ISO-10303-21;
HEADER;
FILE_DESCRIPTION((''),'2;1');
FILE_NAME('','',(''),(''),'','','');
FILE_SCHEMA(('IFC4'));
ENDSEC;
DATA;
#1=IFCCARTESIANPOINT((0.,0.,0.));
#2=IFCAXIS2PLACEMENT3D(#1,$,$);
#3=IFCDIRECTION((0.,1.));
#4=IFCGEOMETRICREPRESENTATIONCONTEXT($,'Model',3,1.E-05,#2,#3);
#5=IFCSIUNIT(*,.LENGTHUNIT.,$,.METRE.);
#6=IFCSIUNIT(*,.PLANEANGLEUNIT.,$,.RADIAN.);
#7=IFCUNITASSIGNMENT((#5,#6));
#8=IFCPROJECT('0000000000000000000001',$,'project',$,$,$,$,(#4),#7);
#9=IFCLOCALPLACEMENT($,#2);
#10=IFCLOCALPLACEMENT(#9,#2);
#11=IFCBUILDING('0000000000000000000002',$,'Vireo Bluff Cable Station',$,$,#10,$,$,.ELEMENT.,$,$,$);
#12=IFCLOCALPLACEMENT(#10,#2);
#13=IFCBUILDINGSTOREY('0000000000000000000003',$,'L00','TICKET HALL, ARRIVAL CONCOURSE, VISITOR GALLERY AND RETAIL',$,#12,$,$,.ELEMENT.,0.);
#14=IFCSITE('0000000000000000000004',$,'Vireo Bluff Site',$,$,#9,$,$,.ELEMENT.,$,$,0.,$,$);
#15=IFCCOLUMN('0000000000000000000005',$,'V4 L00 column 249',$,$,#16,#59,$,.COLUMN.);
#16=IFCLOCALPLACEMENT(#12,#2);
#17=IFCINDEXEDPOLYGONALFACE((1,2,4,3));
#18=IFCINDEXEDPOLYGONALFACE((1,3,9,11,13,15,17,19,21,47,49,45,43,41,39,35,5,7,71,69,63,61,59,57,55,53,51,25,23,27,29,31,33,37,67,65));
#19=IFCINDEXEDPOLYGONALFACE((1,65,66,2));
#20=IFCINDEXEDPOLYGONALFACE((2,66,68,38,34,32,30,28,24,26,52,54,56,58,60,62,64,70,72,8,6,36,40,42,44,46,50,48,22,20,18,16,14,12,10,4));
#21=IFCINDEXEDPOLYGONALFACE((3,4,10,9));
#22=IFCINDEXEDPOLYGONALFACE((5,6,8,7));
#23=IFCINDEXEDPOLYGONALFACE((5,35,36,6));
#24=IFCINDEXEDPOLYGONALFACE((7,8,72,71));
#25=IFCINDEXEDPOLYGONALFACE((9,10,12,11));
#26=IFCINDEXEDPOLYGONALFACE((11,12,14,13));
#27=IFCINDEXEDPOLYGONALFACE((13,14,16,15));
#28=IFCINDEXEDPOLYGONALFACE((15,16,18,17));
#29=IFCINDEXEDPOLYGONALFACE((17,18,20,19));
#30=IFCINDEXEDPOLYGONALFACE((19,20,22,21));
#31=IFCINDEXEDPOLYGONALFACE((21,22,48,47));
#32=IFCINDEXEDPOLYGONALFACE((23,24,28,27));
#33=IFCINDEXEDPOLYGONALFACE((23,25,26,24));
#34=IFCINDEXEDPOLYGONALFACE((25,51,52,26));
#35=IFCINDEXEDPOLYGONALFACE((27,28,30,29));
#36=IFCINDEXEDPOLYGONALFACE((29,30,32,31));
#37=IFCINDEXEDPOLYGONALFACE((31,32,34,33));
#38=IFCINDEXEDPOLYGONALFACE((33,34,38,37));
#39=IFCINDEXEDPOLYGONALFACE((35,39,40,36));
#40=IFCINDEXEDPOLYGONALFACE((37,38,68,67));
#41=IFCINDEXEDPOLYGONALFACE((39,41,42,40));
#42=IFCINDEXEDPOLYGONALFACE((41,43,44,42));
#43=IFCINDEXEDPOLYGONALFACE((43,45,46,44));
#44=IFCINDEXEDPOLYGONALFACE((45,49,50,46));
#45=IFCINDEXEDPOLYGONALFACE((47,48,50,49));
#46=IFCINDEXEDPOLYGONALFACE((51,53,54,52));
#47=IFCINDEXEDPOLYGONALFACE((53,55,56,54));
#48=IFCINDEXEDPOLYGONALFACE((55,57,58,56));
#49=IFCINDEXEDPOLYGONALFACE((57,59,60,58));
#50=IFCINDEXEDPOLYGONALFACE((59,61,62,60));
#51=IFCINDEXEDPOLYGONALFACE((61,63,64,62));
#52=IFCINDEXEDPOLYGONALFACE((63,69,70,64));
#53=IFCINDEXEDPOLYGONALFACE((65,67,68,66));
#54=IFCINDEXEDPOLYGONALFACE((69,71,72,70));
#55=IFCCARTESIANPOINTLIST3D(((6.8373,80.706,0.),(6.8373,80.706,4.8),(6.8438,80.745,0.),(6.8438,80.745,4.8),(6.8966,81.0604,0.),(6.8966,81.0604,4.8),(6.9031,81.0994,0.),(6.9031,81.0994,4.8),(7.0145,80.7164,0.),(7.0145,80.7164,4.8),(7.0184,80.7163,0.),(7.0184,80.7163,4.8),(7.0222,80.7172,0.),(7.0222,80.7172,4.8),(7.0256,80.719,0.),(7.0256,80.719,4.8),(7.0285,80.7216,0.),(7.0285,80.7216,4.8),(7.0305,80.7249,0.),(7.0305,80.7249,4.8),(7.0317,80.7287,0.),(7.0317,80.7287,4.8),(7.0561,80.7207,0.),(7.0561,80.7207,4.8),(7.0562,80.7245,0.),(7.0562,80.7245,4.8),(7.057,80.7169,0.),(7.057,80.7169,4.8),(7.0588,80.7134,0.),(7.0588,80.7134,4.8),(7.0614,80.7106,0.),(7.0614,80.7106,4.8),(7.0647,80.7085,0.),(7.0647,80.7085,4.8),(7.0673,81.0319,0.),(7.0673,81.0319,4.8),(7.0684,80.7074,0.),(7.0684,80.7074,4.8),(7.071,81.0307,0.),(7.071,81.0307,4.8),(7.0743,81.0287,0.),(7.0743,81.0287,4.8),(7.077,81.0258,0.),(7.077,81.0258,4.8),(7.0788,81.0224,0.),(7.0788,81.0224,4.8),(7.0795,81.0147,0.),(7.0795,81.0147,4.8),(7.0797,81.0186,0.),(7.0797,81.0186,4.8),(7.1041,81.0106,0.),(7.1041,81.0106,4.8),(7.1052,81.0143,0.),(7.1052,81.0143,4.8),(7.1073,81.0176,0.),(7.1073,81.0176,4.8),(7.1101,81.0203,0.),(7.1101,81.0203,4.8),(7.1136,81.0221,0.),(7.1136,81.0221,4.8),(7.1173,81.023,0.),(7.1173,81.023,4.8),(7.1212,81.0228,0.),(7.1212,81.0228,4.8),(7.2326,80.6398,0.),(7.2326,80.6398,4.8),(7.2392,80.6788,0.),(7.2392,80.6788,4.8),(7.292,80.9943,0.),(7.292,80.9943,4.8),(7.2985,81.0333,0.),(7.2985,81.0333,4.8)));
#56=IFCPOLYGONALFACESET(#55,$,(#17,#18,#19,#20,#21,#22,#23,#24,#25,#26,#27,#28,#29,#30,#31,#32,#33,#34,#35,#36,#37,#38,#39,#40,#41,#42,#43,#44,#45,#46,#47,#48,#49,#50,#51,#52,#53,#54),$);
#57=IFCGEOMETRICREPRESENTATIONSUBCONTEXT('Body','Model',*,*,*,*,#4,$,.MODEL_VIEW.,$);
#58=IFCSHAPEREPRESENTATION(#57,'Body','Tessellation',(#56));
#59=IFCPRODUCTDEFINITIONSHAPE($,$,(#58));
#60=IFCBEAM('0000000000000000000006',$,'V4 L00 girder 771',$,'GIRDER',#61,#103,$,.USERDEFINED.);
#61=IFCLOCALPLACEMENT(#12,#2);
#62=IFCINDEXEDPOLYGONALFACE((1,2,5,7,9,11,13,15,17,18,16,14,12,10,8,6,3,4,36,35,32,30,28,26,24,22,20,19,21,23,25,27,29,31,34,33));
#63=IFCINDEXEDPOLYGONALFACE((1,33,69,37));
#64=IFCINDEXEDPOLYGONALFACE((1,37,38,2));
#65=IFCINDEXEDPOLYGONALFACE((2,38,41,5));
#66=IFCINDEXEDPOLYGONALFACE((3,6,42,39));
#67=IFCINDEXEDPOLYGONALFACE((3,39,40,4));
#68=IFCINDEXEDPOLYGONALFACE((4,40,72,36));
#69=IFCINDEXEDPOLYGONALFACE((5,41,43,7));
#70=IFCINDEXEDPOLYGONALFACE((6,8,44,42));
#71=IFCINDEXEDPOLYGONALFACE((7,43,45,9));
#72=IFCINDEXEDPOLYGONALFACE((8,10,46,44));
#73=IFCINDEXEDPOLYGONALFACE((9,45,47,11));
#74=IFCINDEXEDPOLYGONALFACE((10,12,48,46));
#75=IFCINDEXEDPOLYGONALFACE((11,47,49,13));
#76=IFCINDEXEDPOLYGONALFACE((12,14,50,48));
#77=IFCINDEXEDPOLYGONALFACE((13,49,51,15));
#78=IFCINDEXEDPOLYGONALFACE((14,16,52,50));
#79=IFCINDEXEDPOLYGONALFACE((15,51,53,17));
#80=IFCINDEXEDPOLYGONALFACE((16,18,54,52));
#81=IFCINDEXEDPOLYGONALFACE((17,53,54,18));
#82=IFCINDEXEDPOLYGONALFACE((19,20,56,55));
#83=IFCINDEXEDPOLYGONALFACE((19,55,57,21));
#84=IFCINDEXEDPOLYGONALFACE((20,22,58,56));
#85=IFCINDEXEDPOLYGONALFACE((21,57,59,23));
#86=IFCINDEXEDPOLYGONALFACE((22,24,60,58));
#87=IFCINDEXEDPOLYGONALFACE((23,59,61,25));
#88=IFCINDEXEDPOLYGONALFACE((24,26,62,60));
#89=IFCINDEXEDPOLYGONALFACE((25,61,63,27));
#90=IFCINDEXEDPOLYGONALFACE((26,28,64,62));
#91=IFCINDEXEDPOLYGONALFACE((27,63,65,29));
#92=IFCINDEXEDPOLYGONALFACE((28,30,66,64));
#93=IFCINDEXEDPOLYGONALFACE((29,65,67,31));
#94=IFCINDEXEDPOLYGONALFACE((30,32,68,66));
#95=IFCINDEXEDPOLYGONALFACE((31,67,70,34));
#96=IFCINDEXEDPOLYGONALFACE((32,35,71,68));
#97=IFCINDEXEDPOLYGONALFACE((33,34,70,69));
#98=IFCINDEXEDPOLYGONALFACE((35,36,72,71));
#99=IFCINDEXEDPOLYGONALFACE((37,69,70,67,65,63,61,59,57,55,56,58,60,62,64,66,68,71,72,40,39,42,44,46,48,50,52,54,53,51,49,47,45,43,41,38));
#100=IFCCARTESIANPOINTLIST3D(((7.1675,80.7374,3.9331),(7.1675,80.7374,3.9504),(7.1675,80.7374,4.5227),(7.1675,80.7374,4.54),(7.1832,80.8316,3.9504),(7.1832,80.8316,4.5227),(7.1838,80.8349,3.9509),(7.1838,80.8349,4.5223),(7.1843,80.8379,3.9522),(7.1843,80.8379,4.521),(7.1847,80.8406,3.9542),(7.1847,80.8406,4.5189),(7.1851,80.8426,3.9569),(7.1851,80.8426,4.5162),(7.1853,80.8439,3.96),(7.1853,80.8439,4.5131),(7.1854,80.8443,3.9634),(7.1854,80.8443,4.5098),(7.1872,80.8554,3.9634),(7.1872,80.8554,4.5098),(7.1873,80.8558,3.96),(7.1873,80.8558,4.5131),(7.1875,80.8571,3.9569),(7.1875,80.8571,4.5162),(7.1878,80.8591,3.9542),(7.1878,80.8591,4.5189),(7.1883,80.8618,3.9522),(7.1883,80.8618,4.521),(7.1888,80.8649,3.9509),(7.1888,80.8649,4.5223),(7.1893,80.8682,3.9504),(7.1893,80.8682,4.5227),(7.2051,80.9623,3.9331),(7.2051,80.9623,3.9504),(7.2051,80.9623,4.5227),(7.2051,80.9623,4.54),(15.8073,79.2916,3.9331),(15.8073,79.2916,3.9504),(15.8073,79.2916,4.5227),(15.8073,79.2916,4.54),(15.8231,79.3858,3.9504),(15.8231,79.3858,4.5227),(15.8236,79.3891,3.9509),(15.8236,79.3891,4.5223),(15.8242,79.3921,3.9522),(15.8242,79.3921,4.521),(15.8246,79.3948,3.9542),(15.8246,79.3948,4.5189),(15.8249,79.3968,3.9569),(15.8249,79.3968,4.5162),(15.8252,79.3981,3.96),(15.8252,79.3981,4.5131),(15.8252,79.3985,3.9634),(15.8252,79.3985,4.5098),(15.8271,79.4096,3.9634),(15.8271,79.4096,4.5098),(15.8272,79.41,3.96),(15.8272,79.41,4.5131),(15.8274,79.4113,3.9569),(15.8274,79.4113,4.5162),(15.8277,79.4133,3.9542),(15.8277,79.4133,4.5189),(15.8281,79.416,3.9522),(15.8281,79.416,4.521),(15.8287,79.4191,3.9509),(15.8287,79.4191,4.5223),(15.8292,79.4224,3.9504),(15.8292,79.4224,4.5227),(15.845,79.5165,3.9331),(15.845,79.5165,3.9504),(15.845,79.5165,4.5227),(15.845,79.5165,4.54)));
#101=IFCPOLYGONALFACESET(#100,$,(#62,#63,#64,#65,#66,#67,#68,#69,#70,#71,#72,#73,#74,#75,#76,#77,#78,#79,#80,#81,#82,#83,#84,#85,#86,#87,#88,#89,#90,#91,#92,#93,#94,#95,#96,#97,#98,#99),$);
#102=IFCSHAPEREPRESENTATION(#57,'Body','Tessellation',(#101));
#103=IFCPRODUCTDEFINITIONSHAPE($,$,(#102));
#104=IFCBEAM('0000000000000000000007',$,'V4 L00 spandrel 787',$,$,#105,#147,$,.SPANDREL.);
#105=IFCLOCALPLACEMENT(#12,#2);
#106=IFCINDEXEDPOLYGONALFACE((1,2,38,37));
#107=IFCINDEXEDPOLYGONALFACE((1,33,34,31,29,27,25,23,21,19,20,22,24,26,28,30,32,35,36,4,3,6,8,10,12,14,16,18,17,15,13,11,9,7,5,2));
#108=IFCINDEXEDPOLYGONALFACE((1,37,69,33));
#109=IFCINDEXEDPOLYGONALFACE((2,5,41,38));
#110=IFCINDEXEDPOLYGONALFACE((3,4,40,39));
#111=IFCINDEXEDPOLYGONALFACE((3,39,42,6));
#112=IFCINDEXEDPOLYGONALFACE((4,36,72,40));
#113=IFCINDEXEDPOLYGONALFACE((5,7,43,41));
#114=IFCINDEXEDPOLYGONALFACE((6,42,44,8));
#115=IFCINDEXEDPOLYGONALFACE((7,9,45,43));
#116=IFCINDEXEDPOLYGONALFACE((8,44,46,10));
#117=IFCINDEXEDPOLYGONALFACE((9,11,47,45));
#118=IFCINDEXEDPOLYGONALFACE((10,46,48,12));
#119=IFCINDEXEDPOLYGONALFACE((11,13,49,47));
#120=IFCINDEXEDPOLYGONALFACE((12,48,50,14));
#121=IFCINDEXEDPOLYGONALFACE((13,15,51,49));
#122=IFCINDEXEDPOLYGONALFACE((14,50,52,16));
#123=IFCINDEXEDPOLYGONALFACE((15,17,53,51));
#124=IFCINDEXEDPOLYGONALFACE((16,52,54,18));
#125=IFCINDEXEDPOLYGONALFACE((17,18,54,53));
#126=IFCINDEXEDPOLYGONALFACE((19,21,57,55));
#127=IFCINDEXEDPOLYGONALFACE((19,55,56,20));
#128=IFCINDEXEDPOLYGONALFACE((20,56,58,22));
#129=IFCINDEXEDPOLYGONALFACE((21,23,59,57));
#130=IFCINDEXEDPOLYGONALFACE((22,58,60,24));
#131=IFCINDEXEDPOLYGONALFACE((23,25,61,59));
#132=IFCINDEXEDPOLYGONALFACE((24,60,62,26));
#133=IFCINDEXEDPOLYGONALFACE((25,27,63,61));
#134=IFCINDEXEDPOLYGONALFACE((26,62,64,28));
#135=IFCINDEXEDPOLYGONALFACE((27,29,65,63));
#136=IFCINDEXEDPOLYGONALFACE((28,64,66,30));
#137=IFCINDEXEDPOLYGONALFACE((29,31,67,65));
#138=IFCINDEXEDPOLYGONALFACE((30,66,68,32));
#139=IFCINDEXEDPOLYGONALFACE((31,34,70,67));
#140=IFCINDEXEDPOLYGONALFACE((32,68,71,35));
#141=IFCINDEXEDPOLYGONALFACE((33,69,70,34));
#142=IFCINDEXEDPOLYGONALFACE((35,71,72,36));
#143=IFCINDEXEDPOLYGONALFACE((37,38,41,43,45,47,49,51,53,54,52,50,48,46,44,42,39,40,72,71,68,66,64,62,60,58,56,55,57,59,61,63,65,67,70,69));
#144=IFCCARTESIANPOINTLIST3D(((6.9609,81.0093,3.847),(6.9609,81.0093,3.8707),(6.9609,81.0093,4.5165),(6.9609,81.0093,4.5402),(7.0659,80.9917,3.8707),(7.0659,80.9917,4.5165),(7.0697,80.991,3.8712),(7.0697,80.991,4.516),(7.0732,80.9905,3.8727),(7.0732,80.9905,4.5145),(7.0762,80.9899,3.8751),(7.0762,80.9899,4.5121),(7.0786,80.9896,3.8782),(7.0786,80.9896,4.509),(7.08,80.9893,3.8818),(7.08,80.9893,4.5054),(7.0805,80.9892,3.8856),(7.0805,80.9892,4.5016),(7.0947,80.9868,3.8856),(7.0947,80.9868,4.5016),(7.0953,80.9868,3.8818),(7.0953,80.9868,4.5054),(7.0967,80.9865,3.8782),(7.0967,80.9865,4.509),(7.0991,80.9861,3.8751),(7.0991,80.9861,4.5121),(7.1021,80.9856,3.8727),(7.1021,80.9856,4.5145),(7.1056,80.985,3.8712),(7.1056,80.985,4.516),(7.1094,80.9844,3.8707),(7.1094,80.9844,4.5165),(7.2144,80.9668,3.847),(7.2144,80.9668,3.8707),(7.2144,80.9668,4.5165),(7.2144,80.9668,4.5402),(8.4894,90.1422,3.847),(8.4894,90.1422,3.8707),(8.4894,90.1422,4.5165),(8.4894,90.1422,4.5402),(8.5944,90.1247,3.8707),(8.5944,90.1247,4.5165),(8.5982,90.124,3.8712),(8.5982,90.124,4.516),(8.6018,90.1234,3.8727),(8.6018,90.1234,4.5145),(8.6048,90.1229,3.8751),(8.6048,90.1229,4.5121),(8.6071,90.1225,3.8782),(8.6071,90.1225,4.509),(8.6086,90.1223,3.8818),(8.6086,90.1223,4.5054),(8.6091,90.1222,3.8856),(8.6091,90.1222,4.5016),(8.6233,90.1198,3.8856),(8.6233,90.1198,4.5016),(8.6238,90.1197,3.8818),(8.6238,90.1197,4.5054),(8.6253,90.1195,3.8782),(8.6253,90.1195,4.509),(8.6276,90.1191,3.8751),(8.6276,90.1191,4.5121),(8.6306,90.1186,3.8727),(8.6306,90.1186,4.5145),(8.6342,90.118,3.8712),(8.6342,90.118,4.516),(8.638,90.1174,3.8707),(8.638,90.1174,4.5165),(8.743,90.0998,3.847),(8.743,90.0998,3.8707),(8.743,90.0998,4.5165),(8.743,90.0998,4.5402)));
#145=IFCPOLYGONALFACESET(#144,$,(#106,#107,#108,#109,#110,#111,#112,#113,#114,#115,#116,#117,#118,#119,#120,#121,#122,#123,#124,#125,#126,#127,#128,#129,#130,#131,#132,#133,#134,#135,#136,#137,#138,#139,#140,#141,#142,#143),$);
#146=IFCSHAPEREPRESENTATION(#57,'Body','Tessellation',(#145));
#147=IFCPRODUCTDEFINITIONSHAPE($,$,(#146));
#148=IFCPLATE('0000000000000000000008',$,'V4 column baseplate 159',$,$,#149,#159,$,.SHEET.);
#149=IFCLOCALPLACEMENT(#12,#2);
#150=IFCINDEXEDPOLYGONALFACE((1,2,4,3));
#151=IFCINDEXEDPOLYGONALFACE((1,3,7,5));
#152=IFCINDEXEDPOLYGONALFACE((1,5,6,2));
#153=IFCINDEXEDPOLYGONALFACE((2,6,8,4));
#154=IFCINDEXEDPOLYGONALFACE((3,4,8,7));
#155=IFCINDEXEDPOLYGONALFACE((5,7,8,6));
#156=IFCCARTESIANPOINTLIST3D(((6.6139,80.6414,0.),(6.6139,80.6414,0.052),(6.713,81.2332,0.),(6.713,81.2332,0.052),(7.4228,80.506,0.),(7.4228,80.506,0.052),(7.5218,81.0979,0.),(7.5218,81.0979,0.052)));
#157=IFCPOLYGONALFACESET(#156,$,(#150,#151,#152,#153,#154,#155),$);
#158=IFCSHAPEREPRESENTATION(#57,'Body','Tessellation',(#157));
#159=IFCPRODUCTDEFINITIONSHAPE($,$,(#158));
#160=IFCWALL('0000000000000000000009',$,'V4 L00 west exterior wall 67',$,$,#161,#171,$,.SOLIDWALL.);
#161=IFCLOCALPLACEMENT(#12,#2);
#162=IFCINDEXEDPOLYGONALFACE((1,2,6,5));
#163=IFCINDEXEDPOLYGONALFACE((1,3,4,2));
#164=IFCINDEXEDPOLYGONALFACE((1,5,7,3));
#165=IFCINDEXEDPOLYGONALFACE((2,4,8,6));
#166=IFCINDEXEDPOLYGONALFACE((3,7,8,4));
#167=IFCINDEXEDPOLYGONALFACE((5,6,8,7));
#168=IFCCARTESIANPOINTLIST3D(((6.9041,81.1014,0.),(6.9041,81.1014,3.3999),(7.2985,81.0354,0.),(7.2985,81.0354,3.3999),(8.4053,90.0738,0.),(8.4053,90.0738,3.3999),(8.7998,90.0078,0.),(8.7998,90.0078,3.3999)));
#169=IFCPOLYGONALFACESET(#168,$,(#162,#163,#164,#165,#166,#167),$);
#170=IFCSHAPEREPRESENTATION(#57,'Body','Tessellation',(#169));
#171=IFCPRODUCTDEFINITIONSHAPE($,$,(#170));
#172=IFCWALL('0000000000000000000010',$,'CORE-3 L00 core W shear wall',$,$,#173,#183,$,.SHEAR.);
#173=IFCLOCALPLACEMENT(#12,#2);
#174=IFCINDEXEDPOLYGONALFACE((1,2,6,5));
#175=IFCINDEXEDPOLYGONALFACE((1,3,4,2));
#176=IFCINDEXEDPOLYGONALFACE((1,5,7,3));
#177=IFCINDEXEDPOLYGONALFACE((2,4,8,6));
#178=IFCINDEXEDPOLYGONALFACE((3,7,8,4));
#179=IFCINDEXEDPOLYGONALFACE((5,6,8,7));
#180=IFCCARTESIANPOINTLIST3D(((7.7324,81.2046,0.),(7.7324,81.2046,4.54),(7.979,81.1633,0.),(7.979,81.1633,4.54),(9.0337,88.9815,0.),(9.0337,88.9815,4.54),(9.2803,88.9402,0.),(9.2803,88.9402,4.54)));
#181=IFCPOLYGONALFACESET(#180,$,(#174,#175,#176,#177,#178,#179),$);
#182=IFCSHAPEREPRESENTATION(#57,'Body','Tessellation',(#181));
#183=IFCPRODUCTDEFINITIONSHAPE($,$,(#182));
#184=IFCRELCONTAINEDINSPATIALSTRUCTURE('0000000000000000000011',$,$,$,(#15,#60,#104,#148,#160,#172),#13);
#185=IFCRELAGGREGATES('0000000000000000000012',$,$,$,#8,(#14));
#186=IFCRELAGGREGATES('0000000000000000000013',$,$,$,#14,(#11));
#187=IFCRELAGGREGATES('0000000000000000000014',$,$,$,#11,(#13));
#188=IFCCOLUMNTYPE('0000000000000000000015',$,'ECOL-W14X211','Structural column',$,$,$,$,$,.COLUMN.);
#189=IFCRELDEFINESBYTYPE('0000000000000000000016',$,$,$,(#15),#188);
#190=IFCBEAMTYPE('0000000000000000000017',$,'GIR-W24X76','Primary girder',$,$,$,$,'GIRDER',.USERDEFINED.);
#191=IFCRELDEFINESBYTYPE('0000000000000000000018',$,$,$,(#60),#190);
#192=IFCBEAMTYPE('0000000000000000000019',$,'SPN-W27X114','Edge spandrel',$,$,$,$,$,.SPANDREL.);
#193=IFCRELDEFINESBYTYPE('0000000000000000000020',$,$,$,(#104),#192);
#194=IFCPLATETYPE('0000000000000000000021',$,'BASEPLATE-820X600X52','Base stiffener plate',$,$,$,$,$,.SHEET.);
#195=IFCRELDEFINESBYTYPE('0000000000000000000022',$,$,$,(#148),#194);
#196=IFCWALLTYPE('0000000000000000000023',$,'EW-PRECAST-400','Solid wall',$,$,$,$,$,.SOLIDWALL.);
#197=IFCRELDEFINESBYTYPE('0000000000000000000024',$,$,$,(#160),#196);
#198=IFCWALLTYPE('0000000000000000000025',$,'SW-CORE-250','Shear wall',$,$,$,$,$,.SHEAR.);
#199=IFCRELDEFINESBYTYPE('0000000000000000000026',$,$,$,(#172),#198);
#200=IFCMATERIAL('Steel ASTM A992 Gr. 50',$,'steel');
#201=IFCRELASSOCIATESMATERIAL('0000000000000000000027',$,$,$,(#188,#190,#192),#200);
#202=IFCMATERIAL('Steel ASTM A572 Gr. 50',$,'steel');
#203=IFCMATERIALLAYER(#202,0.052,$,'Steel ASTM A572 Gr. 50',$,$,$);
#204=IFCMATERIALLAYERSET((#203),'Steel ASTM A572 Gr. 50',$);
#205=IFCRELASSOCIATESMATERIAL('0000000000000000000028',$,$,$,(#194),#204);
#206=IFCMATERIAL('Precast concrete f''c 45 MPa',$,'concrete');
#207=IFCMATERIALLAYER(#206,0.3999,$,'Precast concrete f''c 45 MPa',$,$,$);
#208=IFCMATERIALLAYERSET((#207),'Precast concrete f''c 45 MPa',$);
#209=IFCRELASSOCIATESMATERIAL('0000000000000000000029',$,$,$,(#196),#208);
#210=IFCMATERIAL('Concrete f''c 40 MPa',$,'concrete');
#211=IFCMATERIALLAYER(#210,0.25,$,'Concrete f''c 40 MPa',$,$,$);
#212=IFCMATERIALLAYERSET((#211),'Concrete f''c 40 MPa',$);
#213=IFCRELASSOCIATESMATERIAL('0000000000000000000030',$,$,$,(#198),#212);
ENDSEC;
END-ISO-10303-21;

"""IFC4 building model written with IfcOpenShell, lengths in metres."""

from ifc_helpers import new_model, si_unit, direction, frame, frame_2d, origin, origin_2d, place, context, subcontext, project, spatial, rectangle, i_section, extrude, material, layer, layer_set, material_profile, profile_set, type_object, element, save


model = new_model("IFC4")

# Units and contexts
model_context = context("Model", 3, precision=1e-05, world=origin(), true_north=direction((0.0, 1.0)))
body_context = subcontext(model_context, "Body", "Model", "MODEL_VIEW")
ifc_project = project(units=[si_unit("LENGTHUNIT", "METRE"), si_unit("PLANEANGLEUNIT", "RADIAN")], contexts=[model_context])

# Site, building, storey
site_placement = place(None, origin())
site = spatial("IfcSite", under=ifc_project, at=site_placement, Name="Vireo Bluff Site", CompositionType="ELEMENT", RefElevation=0.0)
building_placement = place(site_placement, origin())
building = spatial("IfcBuilding", under=site, at=building_placement, Name="Vireo Bluff Cable Station", CompositionType="ELEMENT")
storey_placement = place(building_placement, origin())
storey = spatial("IfcBuildingStorey", under=building, at=storey_placement, Name="L00", Description="TICKET HALL, ARRIVAL CONCOURSE, VISITOR GALLERY AND RETAIL", CompositionType="ELEMENT", Elevation=0.0)

# Shared definitions
ifc_material_1 = material(Name="Concrete f'c 40 MPa", Category="concrete")

# Column
ifc_material_2 = material(Name="Steel ASTM A992 Gr. 50", Category="steel")
ifc_material_profile_1 = material_profile(ifc_material_2, i_section(OverallWidth=0.4009, OverallDepth=0.3989, WebThickness=0.0249, FlangeThickness=0.0396, FilletRadius=0.0149, at=origin_2d()), Name="W14X211")
ifc_profile_set_1 = profile_set([ifc_material_profile_1], Name="Steel ASTM A992 Gr. 50")
column_type = type_object("IfcColumnType", Name="ECOL-W14X211", Description="Structural column", PredefinedType="COLUMN", material=ifc_profile_set_1)
column_placement = place(storey_placement, frame((7.0679, 80.8696, 0.0), z_axis=(0.0, 0.0, 1.0), x_axis=(0.986286, -0.165048, 0.0)))
element("IfcColumn", 1, at=column_placement, inside=storey, type_object=column_type, Name="V4 L00 column 249", PredefinedType="COLUMN", context=body_context, shape_type="SweptSolid", body=[
    extrude(i_section(OverallWidth=0.4009, OverallDepth=0.3989, WebThickness=0.0249, FlangeThickness=0.0396, FilletRadius=0.0149, at=origin_2d()), origin(), (0.0, 0.0, 1.0), 4.8),
])

# Beams
ifc_material_profile_2 = material_profile(ifc_material_2, i_section(OverallWidth=0.228, OverallDepth=0.6069, WebThickness=0.0112, FlangeThickness=0.0173, FilletRadius=0.0129, at=origin_2d()), Name="W24X76")
ifc_profile_set_2 = profile_set([ifc_material_profile_2], Name="Steel ASTM A992 Gr. 50")
beam_type_1 = type_object("IfcBeamType", Name="GIR-W24X76", Description="Primary girder", ElementType="GIRDER", PredefinedType="USERDEFINED", material=ifc_profile_set_2)
beam_1_placement = place(storey_placement, frame((7.1863, 80.8499, 4.2366), z_axis=(0.986286, -0.165045, 0.0), x_axis=(0.165045, 0.986286, 0.0)))
element("IfcBeam", 2, at=beam_1_placement, inside=storey, type_object=beam_type_1, Name="V4 L00 girder 771", ObjectType="GIRDER", PredefinedType="USERDEFINED", context=body_context, shape_type="SweptSolid", body=[
    extrude(i_section(OverallWidth=0.228, OverallDepth=0.6069, WebThickness=0.0112, FlangeThickness=0.0173, FilletRadius=0.0129, at=origin_2d()), origin(), (0.0, 0.0, 1.0), 8.76),
])
ifc_material_profile_3 = material_profile(ifc_material_2, i_section(OverallWidth=0.2571, OverallDepth=0.6931, WebThickness=0.0144, FlangeThickness=0.0237, FilletRadius=0.0149, at=origin_2d()), Name="W27X114")
ifc_profile_set_3 = profile_set([ifc_material_profile_3], Name="Steel ASTM A992 Gr. 50")
beam_type_2 = type_object("IfcBeamType", Name="SPN-W27X114", Description="Edge spandrel", PredefinedType="SPANDREL", material=ifc_profile_set_3)
beam_2_placement = place(storey_placement, frame((7.0876, 80.988, 4.1936), z_axis=(0.16507, 0.986282, 0.0), x_axis=(-0.986282, 0.16507, 0.0)))
element("IfcBeam", 3, at=beam_2_placement, inside=storey, type_object=beam_type_2, Name="V4 L00 spandrel 787", PredefinedType="SPANDREL", context=body_context, shape_type="SweptSolid", body=[
    extrude(i_section(OverallWidth=0.2571, OverallDepth=0.6931, WebThickness=0.0144, FlangeThickness=0.0237, FilletRadius=0.0149, at=origin_2d()), origin(), (0.0, 0.0, 1.0), 9.26),
])

# Plate
ifc_material_3 = material(Name="Steel ASTM A572 Gr. 50", Category="steel")
ifc_layer_1 = layer(ifc_material_3, 0.052, Name="Steel ASTM A572 Gr. 50")
ifc_layer_set_1 = layer_set([ifc_layer_1], Name="Steel ASTM A572 Gr. 50")
plate_type = type_object("IfcPlateType", Name="BASEPLATE-820X600X52", Description="Base stiffener plate", PredefinedType="SHEET", material=ifc_layer_set_1)
plate_placement = place(storey_placement, frame((7.0679, 80.8696, 0.0), z_axis=(0.0, 0.0, 1.0), x_axis=(0.986286, -0.165048, 0.0)))
element("IfcPlate", 4, at=plate_placement, inside=storey, type_object=plate_type, Name="V4 column baseplate 159", PredefinedType="SHEET", context=body_context, shape_type="SweptSolid", body=[
    extrude(rectangle(XDim=0.8201, YDim=0.6001, at=origin_2d()), origin(), (0.0, 0.0, 1.0), 0.052),
])

# Walls
ifc_material_4 = material(Name="Precast concrete f'c 45 MPa", Category="concrete")
ifc_layer_2 = layer(ifc_material_4, 0.3999, Name="Precast concrete f'c 45 MPa")
ifc_layer_set_2 = layer_set([ifc_layer_2], Name="Precast concrete f'c 45 MPa")
wall_type_1 = type_object("IfcWallType", Name="EW-PRECAST-400", Description="Solid wall", PredefinedType="SOLIDWALL", material=ifc_layer_set_2)
wall_1_placement = place(storey_placement, frame((7.1013, 81.0684, 0.0), z_axis=(0.0, 0.0, 1.0), x_axis=(0.165021, 0.98629, 0.0)))
element("IfcWall", 5, at=wall_1_placement, inside=storey, type_object=wall_type_1, Name="V4 L00 west exterior wall 67", PredefinedType="SOLIDWALL", context=body_context, shape_type="SweptSolid", body=[
    extrude(rectangle(XDim=9.0972, YDim=0.3999, at=frame_2d((4.5486, 0.0))), origin(), (0.0, 0.0, 1.0), 3.3999),
])
ifc_layer_3 = layer(ifc_material_1, 0.25, Name="Concrete f'c 40 MPa")
ifc_layer_set_3 = layer_set([ifc_layer_3], Name="Concrete f'c 40 MPa")
wall_type_2 = type_object("IfcWallType", Name="SW-CORE-250", Description="Shear wall", PredefinedType="SHEAR", material=ifc_layer_set_3)
for number, where, z_axis, x_axis, name in (
    (6, (7.8557, 81.1841, 0.0), (0.0, 0.0, 1.0), (0.165032, 0.986288, 0.0), "CORE-3 L00 core W shear wall"),
):
    element("IfcWall", number, at=place(storey_placement, frame(where, z_axis=z_axis, x_axis=x_axis)), inside=storey, type_object=wall_type_2, Name=name, PredefinedType="SHEAR", context=body_context, shape_type="SweptSolid", body=[
        extrude(rectangle(XDim=7.885, YDim=0.25, at=frame_2d((3.9424, 0.0))), origin(), (0.0, 0.0, 1.0), 4.54),
    ])

save(model, "model.ifc")
